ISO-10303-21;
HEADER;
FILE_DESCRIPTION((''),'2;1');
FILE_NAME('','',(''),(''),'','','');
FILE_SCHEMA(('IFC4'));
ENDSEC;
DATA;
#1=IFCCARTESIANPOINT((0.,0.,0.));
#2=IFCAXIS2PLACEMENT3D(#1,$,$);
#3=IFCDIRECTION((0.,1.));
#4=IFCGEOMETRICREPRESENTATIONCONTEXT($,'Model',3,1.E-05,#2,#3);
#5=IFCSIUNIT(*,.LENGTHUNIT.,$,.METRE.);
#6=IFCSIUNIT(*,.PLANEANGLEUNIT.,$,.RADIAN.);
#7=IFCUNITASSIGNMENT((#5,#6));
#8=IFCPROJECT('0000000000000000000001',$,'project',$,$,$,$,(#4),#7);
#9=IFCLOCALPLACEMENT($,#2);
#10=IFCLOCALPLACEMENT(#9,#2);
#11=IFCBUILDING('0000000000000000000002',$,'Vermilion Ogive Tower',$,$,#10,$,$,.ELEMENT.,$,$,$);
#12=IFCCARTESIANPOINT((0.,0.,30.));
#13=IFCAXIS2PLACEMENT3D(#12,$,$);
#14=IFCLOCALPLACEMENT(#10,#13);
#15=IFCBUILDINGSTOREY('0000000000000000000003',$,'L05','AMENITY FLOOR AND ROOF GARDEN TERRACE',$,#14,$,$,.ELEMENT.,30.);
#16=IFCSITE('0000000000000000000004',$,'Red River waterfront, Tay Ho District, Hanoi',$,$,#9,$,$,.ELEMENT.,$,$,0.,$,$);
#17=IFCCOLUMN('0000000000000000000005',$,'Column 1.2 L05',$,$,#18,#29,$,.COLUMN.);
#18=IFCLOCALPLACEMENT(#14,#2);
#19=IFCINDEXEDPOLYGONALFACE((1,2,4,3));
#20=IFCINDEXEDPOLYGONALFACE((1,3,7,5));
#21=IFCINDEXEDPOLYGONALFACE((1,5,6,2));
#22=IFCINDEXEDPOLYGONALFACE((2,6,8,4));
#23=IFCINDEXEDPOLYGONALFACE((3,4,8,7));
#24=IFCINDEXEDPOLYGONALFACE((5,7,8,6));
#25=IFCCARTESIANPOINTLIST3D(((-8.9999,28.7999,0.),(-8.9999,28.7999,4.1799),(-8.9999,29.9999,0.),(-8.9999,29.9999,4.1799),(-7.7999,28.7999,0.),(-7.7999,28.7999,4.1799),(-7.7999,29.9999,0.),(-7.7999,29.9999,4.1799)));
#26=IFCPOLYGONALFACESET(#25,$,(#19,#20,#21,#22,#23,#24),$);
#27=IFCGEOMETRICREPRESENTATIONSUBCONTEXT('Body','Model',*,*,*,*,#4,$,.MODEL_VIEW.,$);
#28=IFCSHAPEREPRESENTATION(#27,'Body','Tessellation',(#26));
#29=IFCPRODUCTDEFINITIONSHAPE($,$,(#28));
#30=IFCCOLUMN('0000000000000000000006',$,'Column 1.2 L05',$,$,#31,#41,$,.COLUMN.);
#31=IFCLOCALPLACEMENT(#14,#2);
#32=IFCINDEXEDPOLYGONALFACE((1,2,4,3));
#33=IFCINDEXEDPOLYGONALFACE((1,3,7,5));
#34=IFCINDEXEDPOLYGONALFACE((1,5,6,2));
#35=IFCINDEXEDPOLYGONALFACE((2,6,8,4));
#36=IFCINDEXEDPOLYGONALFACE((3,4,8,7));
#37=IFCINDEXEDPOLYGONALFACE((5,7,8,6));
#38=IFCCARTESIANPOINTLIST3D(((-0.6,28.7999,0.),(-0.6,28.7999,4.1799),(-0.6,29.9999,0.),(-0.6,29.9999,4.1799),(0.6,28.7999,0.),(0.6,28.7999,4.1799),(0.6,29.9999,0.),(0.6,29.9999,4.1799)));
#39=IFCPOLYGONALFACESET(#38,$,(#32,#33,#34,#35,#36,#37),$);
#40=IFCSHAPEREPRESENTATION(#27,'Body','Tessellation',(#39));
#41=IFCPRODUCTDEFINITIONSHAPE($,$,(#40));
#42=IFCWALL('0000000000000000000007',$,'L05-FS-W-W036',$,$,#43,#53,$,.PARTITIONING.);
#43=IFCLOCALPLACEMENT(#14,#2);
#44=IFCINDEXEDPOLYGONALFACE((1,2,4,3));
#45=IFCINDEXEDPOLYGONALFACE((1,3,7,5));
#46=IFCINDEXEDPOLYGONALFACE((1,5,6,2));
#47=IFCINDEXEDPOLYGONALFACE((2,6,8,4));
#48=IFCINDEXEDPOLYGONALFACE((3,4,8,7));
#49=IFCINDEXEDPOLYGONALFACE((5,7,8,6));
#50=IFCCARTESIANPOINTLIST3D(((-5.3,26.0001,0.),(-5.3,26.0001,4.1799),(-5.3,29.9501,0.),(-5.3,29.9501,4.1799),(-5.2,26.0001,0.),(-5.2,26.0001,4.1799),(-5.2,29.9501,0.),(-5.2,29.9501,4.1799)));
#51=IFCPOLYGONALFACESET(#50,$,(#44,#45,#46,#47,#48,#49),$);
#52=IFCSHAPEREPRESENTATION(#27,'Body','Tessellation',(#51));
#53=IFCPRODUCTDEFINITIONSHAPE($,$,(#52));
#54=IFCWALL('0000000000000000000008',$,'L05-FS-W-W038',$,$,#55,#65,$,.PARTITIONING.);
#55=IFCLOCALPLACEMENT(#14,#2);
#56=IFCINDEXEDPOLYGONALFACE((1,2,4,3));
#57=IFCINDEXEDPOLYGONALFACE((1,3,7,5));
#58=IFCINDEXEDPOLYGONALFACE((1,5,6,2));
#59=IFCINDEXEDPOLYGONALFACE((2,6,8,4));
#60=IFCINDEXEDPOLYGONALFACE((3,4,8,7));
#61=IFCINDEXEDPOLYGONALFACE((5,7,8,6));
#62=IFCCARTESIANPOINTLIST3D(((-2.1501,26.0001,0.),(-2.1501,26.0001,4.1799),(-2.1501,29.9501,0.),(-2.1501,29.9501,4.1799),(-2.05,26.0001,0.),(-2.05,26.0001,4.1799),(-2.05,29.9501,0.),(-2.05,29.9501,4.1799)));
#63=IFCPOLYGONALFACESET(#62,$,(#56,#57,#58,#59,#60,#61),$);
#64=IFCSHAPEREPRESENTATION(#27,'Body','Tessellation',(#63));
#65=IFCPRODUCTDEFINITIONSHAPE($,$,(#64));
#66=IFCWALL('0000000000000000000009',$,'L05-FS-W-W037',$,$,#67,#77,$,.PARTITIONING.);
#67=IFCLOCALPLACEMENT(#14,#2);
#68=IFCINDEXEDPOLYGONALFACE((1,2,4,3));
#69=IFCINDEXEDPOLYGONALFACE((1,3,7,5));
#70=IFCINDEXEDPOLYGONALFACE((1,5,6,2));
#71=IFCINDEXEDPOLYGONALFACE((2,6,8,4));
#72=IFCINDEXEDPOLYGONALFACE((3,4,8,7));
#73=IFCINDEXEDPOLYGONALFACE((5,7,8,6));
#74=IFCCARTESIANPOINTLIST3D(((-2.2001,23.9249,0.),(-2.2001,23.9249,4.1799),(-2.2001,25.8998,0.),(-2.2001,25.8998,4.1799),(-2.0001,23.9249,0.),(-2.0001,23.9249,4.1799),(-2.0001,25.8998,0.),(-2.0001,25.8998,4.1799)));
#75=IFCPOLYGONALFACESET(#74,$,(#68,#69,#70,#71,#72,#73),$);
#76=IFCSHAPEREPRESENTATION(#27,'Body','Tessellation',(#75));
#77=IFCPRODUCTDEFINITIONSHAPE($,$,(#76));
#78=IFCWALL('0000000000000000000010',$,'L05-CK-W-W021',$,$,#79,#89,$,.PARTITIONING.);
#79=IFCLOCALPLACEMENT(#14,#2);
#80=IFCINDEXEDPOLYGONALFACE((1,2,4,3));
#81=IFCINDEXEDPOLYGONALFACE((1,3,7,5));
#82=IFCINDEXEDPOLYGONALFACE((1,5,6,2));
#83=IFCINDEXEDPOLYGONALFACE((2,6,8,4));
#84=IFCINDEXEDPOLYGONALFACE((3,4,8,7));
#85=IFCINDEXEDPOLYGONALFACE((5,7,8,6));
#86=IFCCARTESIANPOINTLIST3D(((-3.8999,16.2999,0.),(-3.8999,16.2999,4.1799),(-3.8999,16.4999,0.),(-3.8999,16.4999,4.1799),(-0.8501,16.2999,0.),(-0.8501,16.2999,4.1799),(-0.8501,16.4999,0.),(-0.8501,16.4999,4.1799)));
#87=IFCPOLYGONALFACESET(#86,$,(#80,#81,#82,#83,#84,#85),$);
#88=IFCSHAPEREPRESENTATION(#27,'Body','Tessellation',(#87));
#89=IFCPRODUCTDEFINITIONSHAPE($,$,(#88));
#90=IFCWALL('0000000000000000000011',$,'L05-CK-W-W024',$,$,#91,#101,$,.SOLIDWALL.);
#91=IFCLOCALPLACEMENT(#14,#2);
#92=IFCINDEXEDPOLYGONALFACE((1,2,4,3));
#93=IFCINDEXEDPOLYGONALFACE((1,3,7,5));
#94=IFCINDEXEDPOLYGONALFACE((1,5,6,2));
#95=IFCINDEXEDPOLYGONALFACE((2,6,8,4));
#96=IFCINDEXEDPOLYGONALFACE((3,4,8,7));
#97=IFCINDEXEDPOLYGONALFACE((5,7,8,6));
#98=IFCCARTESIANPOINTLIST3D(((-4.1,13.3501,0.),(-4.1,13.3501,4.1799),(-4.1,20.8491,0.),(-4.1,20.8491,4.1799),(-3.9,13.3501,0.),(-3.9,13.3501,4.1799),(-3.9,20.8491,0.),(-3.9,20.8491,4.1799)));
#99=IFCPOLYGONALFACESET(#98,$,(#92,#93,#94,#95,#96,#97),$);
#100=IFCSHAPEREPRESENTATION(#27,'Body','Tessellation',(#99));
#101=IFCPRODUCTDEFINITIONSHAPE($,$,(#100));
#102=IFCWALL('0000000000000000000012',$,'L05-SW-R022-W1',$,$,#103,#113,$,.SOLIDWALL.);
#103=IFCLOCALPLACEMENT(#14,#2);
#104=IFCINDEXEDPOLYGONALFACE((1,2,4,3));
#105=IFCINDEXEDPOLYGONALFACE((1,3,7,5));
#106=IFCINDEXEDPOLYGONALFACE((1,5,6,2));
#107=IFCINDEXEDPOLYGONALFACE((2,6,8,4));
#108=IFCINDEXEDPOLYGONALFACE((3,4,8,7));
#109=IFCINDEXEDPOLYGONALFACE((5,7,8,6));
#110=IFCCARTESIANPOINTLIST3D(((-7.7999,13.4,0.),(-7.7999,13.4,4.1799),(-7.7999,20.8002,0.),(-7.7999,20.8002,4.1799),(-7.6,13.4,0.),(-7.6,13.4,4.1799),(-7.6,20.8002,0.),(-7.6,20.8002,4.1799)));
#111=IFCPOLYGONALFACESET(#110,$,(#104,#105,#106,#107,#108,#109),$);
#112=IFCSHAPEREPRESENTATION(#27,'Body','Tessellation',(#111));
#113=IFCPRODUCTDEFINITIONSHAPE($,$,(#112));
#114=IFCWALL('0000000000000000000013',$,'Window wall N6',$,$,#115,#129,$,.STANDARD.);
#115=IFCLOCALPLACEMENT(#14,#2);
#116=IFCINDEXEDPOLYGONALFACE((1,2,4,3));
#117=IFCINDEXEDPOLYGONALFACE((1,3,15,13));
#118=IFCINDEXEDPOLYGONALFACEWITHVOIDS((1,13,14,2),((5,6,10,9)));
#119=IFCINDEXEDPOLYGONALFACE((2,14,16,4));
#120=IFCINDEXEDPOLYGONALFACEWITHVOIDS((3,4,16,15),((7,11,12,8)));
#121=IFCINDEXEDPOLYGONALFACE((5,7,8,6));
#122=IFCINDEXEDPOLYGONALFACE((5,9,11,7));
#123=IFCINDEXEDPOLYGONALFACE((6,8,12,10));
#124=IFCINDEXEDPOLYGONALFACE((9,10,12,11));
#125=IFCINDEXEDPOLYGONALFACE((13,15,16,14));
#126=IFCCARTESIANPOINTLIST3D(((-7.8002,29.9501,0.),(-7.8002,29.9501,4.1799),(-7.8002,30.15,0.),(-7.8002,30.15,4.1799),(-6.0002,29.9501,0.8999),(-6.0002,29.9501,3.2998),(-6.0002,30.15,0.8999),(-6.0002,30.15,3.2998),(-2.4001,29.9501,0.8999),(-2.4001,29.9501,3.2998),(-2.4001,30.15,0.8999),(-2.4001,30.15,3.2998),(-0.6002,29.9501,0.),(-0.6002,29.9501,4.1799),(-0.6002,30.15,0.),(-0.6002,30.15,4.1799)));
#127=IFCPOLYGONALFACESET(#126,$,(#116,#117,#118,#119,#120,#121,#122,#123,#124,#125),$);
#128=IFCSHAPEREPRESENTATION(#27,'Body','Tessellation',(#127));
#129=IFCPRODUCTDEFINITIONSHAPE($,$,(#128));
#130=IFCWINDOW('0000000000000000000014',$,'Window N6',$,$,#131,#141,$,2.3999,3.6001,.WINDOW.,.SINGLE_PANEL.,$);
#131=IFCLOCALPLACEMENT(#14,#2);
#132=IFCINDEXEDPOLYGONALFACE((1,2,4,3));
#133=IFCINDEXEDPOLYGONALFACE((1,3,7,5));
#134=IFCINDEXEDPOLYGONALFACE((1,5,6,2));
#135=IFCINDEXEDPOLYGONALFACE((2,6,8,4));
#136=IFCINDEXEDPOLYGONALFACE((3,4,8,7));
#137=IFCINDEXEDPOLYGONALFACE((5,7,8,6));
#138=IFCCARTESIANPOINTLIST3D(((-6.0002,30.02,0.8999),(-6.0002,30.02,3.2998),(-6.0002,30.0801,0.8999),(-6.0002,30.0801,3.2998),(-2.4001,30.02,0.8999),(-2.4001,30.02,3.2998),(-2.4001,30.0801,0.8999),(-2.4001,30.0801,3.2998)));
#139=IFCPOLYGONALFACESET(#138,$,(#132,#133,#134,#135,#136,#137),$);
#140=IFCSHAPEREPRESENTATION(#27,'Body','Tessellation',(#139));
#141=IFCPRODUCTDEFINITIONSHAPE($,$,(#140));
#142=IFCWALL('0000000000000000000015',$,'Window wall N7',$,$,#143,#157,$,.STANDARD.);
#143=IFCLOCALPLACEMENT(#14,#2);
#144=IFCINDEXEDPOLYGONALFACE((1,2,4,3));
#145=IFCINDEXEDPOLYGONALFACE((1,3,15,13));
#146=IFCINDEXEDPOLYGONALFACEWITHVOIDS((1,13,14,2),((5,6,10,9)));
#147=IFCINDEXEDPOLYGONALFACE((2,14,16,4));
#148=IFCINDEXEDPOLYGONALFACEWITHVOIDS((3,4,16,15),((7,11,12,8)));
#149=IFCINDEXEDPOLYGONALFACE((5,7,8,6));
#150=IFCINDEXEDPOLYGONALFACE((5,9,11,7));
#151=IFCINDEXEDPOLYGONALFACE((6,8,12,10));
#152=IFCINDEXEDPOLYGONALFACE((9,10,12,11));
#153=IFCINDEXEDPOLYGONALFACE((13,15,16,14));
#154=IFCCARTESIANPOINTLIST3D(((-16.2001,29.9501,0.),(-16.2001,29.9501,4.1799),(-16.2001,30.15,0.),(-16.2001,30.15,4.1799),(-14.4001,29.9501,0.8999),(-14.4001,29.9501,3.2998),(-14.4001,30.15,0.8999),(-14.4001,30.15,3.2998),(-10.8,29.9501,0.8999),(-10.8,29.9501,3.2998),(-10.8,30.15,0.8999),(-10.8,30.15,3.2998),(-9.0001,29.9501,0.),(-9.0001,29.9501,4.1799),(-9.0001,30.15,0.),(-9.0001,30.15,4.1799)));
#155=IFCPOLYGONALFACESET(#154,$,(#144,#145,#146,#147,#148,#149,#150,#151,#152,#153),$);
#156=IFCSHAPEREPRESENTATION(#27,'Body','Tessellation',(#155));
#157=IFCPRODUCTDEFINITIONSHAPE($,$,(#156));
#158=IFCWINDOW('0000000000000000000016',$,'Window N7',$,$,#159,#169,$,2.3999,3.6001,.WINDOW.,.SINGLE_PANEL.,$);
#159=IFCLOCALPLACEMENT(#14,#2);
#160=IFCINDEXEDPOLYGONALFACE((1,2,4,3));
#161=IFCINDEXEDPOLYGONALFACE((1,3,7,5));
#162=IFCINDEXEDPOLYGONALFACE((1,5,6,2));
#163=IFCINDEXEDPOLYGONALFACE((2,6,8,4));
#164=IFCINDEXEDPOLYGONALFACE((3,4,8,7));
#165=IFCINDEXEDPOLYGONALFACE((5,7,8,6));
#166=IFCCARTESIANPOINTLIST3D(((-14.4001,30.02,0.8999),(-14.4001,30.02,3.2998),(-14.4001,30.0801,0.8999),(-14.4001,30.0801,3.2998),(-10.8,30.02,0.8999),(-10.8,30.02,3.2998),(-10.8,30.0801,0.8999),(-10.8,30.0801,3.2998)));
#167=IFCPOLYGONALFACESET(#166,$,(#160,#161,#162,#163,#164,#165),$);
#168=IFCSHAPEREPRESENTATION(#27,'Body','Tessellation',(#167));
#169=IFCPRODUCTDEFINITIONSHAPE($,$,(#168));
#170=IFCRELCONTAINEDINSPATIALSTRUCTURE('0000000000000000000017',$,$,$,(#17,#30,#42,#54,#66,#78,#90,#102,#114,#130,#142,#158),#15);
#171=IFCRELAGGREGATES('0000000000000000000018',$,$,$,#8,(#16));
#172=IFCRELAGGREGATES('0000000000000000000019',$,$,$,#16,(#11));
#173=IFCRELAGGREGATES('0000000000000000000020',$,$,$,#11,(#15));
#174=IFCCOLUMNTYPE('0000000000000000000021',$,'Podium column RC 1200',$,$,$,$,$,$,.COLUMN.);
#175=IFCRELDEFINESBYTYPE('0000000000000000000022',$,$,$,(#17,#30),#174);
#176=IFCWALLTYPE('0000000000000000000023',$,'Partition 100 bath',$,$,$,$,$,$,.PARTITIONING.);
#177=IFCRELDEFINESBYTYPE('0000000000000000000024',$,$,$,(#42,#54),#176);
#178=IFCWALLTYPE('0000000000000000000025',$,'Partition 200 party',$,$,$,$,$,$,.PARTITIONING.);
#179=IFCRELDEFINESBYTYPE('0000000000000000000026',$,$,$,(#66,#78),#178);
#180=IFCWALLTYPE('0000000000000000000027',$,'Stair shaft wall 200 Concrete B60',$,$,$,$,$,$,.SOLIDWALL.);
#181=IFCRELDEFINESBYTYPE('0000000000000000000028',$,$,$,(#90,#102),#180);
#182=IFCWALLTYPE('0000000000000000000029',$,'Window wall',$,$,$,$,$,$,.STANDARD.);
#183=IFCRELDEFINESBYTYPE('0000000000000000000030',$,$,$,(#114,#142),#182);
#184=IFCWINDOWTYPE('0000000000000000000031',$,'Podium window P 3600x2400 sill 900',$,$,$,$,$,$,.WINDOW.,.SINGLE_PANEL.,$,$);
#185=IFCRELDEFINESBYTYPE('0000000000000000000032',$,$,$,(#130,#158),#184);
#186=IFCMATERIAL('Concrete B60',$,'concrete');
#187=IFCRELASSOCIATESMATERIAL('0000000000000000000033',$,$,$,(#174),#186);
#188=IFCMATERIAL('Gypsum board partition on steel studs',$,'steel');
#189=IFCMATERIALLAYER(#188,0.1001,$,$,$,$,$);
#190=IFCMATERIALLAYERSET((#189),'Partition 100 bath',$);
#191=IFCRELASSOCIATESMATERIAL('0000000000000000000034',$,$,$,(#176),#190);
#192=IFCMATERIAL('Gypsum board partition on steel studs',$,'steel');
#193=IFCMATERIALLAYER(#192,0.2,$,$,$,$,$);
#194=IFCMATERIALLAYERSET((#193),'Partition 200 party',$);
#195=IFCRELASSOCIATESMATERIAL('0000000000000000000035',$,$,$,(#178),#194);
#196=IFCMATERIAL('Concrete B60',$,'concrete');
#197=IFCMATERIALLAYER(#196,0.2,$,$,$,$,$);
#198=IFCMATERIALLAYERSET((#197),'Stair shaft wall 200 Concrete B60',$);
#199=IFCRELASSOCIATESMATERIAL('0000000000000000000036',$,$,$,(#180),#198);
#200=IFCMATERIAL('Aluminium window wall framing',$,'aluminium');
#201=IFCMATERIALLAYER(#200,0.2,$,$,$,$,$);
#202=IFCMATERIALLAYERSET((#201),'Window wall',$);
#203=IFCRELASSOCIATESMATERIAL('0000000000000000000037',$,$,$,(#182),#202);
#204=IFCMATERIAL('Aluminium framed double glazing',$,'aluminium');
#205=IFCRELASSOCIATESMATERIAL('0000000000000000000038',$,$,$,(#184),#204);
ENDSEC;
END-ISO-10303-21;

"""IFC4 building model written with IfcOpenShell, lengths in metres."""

from ifc_helpers import new_model, si_unit, direction, frame, frame_2d, origin, origin_2d, place, context, subcontext, project, spatial, rectangle, extrude, material, layer, layer_set, material_profile, profile_set, type_object, element, fill, save


model = new_model("IFC4")

# Units and contexts
model_context = context("Model", 3, precision=1e-05, world=origin(), true_north=direction((0.0, 1.0)))
body_context = subcontext(model_context, "Body", "Model", "MODEL_VIEW")
ifc_project = project(units=[si_unit("LENGTHUNIT", "METRE"), si_unit("PLANEANGLEUNIT", "RADIAN")], contexts=[model_context])

# Site, building, storey
site_placement = place(None, origin())
site = spatial("IfcSite", under=ifc_project, at=site_placement, Name="Red River waterfront, Tay Ho District, Hanoi", CompositionType="ELEMENT", RefElevation=0.0)
building_placement = place(site_placement, origin())
building = spatial("IfcBuilding", under=site, at=building_placement, Name="Vermilion Ogive Tower", CompositionType="ELEMENT")
storey_placement = place(building_placement, frame((0.0, 0.0, 30.0)))
storey = spatial("IfcBuildingStorey", under=building, at=storey_placement, Name="L05", Description="AMENITY FLOOR AND ROOF GARDEN TERRACE", CompositionType="ELEMENT", Elevation=30.0)

# Columns
ifc_material_1 = material(Name="Concrete B60", Category="concrete")
ifc_material_profile = material_profile(ifc_material_1, rectangle(XDim=1.2, YDim=1.2, at=origin_2d()), Name="RC 1200x1200")
ifc_profile_set = profile_set([ifc_material_profile], Name="Concrete B60")
column_type = type_object("IfcColumnType", Name="Podium column RC 1200", PredefinedType="COLUMN", material=ifc_profile_set)
for number, where, z_axis, x_axis, name in (
    (1, (-8.3999, 29.3999, 0.0), (0.0, 0.0, 1.0), (1.0, 0.0, 0.0), "Column 1.2 L05"),
    (2, (0.0, 29.3999, 0.0), (0.0, 0.0, 1.0), (1.0, 0.0, 0.0), "Column 1.2 L05"),
):
    element("IfcColumn", number, at=place(storey_placement, frame(where, z_axis=z_axis, x_axis=x_axis)), inside=storey, type_object=column_type, Name=name, PredefinedType="COLUMN", context=body_context, shape_type="SweptSolid", body=[
        extrude(rectangle(XDim=1.2, YDim=1.2, at=origin_2d()), origin(), (0.0, 0.0, 1.0), 4.1799),
    ])

# Walls
ifc_material_2 = material(Name="Gypsum board partition on steel studs", Category="steel")
ifc_layer_1 = layer(ifc_material_2, 0.1001)
ifc_layer_set_1 = layer_set([ifc_layer_1], Name="Partition 100 bath")
wall_type_1 = type_object("IfcWallType", Name="Partition 100 bath", PredefinedType="PARTITIONING", material=ifc_layer_set_1)
for number, where, z_axis, x_axis, name in (
    (3, (-5.25, 26.0, 0.0), (0.0, 0.0, 1.0), (0.0, 1.0, 0.0), "L05-FS-W-W036"),
    (4, (-2.1001, 26.0, 0.0), (0.0, 0.0, 1.0), (0.0, 1.0, 0.0), "L05-FS-W-W038"),
):
    element("IfcWall", number, at=place(storey_placement, frame(where, z_axis=z_axis, x_axis=x_axis)), inside=storey, type_object=wall_type_1, Name=name, PredefinedType="PARTITIONING", context=body_context, shape_type="SweptSolid", body=[
        extrude(rectangle(XDim=3.95, YDim=0.1001, at=frame_2d((1.9751, 0.0))), origin(), (0.0, 0.0, 1.0), 4.1799),
    ])
ifc_material_3 = material(Name="Gypsum board partition on steel studs", Category="steel")
ifc_layer_2 = layer(ifc_material_3, 0.2)
ifc_layer_set_2 = layer_set([ifc_layer_2], Name="Partition 200 party")
wall_type_2 = type_object("IfcWallType", Name="Partition 200 party", PredefinedType="PARTITIONING", material=ifc_layer_set_2)
wall_1_placement = place(storey_placement, frame((-2.1001, 23.925, 0.0), z_axis=(0.0, 0.0, 1.0), x_axis=(0.0, 1.0, 0.0)))
element("IfcWall", 5, at=wall_1_placement, inside=storey, type_object=wall_type_2, Name="L05-FS-W-W037", PredefinedType="PARTITIONING", context=body_context, shape_type="SweptSolid", body=[
    extrude(rectangle(XDim=1.9749, YDim=0.2, at=frame_2d((0.9873, 0.0))), origin(), (0.0, 0.0, 1.0), 4.1799),
])
wall_2_placement = place(storey_placement, frame((-3.8999, 16.3999, 0.0), z_axis=(0.0, 0.0, 1.0), x_axis=(1.0, 0.0, 0.0)))
element("IfcWall", 6, at=wall_2_placement, inside=storey, type_object=wall_type_2, Name="L05-CK-W-W021", PredefinedType="PARTITIONING", context=body_context, shape_type="SweptSolid", body=[
    extrude(rectangle(XDim=3.0498, YDim=0.2, at=frame_2d((1.5249, 0.0))), origin(), (0.0, 0.0, 1.0), 4.1799),
])
ifc_material_4 = material(Name="Concrete B60", Category="concrete")
ifc_layer_3 = layer(ifc_material_4, 0.2)
ifc_layer_set_3 = layer_set([ifc_layer_3], Name="Stair shaft wall 200 Concrete B60")
wall_type_3 = type_object("IfcWallType", Name="Stair shaft wall 200 Concrete B60", PredefinedType="SOLIDWALL", material=ifc_layer_set_3)
wall_3_placement = place(storey_placement, frame((-4.0, 13.3501, 0.0), z_axis=(0.0, 0.0, 1.0), x_axis=(0.0, 1.0, 0.0)))
element("IfcWall", 7, at=wall_3_placement, inside=storey, type_object=wall_type_3, Name="L05-CK-W-W024", PredefinedType="SOLIDWALL", context=body_context, shape_type="SweptSolid", body=[
    extrude(rectangle(XDim=7.499, YDim=0.2, at=frame_2d((3.7495, 0.0))), origin(), (0.0, 0.0, 1.0), 4.1799),
])
wall_4_placement = place(storey_placement, frame((-7.7, 13.3999, 0.0), z_axis=(0.0, 0.0, 1.0), x_axis=(0.0, 1.0, 0.0)))
element("IfcWall", 8, at=wall_4_placement, inside=storey, type_object=wall_type_3, Name="L05-SW-R022-W1", PredefinedType="SOLIDWALL", context=body_context, shape_type="SweptSolid", body=[
    extrude(rectangle(XDim=7.4001, YDim=0.2, at=frame_2d((3.7002, 0.0))), origin(), (0.0, 0.0, 1.0), 4.1799),
])

# Walls, openings, windows
ifc_material_5 = material(Name="Aluminium window wall framing", Category="aluminium")
ifc_layer_4 = layer(ifc_material_5, 0.2)
ifc_layer_set_4 = layer_set([ifc_layer_4], Name="Window wall")
wall_type_4 = type_object("IfcWallType", Name="Window wall", PredefinedType="STANDARD", material=ifc_layer_set_4)
wall_5_placement = place(storey_placement, frame((-0.6001, 30.05, 0.0), z_axis=(0.0, 0.0, 1.0), x_axis=(-1.0, 0.0, 0.0)))
wall_5 = element("IfcWall", 9, at=wall_5_placement, inside=storey, type_object=wall_type_4, Name="Window wall N6", PredefinedType="STANDARD", context=body_context, shape_type="SweptSolid", body=[
    extrude(rectangle(XDim=7.2, YDim=0.2, at=frame_2d((3.6001, 0.0))), origin(), (0.0, 0.0, 1.0), 4.1799),
])
opening_1_placement = place(wall_5_placement, frame((1.8, 0.0, 0.8999)))
opening_1 = element("IfcOpeningElement", 10, at=opening_1_placement, cuts=wall_5, PredefinedType="OPENING", context=body_context, shape_type="SweptSolid", body=[
    extrude(rectangle(XDim=3.6001, YDim=2.3999, at=frame_2d((1.8, 1.2))), frame((0.0, 0.1099, 0.0), z_axis=(0.0, -1.0, 0.0), x_axis=(1.0, 0.0, 0.0)), (0.0, 0.0, 1.0), 0.22),
])
ifc_material_6 = material(Name="Aluminium framed double glazing", Category="aluminium")
window_type = type_object("IfcWindowType", Name="Podium window P 3600x2400 sill 900", PartitioningType="SINGLE_PANEL", PredefinedType="WINDOW", material=ifc_material_6)
window_1_placement = place(opening_1_placement, origin())
window_1 = element("IfcWindow", 11, at=window_1_placement, inside=storey, type_object=window_type, Name="Window N6", OverallHeight=2.3999, OverallWidth=3.6001, PartitioningType="SINGLE_PANEL", PredefinedType="WINDOW", context=body_context, shape_type="SweptSolid", body=[
    extrude(rectangle(XDim=3.6001, YDim=2.3999, at=frame_2d((1.8, 1.2))), frame((0.0, 0.03, 0.0), z_axis=(0.0, -1.0, 0.0), x_axis=(1.0, 0.0, 0.0)), (0.0, 0.0, 1.0), 0.0601),
])
fill(opening_1, window_1)
wall_6_placement = place(storey_placement, frame((-9.0, 30.05, 0.0), z_axis=(0.0, 0.0, 1.0), x_axis=(-1.0, 0.0, 0.0)))
wall_6 = element("IfcWall", 12, at=wall_6_placement, inside=storey, type_object=wall_type_4, Name="Window wall N7", PredefinedType="STANDARD", context=body_context, shape_type="SweptSolid", body=[
    extrude(rectangle(XDim=7.2, YDim=0.2, at=frame_2d((3.6001, 0.0))), origin(), (0.0, 0.0, 1.0), 4.1799),
])
opening_2_placement = place(wall_6_placement, frame((1.8, 0.0, 0.8999)))
opening_2 = element("IfcOpeningElement", 13, at=opening_2_placement, cuts=wall_6, PredefinedType="OPENING", context=body_context, shape_type="SweptSolid", body=[
    extrude(rectangle(XDim=3.6001, YDim=2.3999, at=frame_2d((1.8, 1.2))), frame((0.0, 0.1099, 0.0), z_axis=(0.0, -1.0, 0.0), x_axis=(1.0, 0.0, 0.0)), (0.0, 0.0, 1.0), 0.22),
])
window_2_placement = place(opening_2_placement, origin())
window_2 = element("IfcWindow", 14, at=window_2_placement, inside=storey, type_object=window_type, Name="Window N7", OverallHeight=2.3999, OverallWidth=3.6001, PartitioningType="SINGLE_PANEL", PredefinedType="WINDOW", context=body_context, shape_type="SweptSolid", body=[
    extrude(rectangle(XDim=3.6001, YDim=2.3999, at=frame_2d((1.8, 1.2))), frame((0.0, 0.03, 0.0), z_axis=(0.0, -1.0, 0.0), x_axis=(1.0, 0.0, 0.0)), (0.0, 0.0, 1.0), 0.0601),
])
fill(opening_2, window_2)

save(model, "model.ifc")
